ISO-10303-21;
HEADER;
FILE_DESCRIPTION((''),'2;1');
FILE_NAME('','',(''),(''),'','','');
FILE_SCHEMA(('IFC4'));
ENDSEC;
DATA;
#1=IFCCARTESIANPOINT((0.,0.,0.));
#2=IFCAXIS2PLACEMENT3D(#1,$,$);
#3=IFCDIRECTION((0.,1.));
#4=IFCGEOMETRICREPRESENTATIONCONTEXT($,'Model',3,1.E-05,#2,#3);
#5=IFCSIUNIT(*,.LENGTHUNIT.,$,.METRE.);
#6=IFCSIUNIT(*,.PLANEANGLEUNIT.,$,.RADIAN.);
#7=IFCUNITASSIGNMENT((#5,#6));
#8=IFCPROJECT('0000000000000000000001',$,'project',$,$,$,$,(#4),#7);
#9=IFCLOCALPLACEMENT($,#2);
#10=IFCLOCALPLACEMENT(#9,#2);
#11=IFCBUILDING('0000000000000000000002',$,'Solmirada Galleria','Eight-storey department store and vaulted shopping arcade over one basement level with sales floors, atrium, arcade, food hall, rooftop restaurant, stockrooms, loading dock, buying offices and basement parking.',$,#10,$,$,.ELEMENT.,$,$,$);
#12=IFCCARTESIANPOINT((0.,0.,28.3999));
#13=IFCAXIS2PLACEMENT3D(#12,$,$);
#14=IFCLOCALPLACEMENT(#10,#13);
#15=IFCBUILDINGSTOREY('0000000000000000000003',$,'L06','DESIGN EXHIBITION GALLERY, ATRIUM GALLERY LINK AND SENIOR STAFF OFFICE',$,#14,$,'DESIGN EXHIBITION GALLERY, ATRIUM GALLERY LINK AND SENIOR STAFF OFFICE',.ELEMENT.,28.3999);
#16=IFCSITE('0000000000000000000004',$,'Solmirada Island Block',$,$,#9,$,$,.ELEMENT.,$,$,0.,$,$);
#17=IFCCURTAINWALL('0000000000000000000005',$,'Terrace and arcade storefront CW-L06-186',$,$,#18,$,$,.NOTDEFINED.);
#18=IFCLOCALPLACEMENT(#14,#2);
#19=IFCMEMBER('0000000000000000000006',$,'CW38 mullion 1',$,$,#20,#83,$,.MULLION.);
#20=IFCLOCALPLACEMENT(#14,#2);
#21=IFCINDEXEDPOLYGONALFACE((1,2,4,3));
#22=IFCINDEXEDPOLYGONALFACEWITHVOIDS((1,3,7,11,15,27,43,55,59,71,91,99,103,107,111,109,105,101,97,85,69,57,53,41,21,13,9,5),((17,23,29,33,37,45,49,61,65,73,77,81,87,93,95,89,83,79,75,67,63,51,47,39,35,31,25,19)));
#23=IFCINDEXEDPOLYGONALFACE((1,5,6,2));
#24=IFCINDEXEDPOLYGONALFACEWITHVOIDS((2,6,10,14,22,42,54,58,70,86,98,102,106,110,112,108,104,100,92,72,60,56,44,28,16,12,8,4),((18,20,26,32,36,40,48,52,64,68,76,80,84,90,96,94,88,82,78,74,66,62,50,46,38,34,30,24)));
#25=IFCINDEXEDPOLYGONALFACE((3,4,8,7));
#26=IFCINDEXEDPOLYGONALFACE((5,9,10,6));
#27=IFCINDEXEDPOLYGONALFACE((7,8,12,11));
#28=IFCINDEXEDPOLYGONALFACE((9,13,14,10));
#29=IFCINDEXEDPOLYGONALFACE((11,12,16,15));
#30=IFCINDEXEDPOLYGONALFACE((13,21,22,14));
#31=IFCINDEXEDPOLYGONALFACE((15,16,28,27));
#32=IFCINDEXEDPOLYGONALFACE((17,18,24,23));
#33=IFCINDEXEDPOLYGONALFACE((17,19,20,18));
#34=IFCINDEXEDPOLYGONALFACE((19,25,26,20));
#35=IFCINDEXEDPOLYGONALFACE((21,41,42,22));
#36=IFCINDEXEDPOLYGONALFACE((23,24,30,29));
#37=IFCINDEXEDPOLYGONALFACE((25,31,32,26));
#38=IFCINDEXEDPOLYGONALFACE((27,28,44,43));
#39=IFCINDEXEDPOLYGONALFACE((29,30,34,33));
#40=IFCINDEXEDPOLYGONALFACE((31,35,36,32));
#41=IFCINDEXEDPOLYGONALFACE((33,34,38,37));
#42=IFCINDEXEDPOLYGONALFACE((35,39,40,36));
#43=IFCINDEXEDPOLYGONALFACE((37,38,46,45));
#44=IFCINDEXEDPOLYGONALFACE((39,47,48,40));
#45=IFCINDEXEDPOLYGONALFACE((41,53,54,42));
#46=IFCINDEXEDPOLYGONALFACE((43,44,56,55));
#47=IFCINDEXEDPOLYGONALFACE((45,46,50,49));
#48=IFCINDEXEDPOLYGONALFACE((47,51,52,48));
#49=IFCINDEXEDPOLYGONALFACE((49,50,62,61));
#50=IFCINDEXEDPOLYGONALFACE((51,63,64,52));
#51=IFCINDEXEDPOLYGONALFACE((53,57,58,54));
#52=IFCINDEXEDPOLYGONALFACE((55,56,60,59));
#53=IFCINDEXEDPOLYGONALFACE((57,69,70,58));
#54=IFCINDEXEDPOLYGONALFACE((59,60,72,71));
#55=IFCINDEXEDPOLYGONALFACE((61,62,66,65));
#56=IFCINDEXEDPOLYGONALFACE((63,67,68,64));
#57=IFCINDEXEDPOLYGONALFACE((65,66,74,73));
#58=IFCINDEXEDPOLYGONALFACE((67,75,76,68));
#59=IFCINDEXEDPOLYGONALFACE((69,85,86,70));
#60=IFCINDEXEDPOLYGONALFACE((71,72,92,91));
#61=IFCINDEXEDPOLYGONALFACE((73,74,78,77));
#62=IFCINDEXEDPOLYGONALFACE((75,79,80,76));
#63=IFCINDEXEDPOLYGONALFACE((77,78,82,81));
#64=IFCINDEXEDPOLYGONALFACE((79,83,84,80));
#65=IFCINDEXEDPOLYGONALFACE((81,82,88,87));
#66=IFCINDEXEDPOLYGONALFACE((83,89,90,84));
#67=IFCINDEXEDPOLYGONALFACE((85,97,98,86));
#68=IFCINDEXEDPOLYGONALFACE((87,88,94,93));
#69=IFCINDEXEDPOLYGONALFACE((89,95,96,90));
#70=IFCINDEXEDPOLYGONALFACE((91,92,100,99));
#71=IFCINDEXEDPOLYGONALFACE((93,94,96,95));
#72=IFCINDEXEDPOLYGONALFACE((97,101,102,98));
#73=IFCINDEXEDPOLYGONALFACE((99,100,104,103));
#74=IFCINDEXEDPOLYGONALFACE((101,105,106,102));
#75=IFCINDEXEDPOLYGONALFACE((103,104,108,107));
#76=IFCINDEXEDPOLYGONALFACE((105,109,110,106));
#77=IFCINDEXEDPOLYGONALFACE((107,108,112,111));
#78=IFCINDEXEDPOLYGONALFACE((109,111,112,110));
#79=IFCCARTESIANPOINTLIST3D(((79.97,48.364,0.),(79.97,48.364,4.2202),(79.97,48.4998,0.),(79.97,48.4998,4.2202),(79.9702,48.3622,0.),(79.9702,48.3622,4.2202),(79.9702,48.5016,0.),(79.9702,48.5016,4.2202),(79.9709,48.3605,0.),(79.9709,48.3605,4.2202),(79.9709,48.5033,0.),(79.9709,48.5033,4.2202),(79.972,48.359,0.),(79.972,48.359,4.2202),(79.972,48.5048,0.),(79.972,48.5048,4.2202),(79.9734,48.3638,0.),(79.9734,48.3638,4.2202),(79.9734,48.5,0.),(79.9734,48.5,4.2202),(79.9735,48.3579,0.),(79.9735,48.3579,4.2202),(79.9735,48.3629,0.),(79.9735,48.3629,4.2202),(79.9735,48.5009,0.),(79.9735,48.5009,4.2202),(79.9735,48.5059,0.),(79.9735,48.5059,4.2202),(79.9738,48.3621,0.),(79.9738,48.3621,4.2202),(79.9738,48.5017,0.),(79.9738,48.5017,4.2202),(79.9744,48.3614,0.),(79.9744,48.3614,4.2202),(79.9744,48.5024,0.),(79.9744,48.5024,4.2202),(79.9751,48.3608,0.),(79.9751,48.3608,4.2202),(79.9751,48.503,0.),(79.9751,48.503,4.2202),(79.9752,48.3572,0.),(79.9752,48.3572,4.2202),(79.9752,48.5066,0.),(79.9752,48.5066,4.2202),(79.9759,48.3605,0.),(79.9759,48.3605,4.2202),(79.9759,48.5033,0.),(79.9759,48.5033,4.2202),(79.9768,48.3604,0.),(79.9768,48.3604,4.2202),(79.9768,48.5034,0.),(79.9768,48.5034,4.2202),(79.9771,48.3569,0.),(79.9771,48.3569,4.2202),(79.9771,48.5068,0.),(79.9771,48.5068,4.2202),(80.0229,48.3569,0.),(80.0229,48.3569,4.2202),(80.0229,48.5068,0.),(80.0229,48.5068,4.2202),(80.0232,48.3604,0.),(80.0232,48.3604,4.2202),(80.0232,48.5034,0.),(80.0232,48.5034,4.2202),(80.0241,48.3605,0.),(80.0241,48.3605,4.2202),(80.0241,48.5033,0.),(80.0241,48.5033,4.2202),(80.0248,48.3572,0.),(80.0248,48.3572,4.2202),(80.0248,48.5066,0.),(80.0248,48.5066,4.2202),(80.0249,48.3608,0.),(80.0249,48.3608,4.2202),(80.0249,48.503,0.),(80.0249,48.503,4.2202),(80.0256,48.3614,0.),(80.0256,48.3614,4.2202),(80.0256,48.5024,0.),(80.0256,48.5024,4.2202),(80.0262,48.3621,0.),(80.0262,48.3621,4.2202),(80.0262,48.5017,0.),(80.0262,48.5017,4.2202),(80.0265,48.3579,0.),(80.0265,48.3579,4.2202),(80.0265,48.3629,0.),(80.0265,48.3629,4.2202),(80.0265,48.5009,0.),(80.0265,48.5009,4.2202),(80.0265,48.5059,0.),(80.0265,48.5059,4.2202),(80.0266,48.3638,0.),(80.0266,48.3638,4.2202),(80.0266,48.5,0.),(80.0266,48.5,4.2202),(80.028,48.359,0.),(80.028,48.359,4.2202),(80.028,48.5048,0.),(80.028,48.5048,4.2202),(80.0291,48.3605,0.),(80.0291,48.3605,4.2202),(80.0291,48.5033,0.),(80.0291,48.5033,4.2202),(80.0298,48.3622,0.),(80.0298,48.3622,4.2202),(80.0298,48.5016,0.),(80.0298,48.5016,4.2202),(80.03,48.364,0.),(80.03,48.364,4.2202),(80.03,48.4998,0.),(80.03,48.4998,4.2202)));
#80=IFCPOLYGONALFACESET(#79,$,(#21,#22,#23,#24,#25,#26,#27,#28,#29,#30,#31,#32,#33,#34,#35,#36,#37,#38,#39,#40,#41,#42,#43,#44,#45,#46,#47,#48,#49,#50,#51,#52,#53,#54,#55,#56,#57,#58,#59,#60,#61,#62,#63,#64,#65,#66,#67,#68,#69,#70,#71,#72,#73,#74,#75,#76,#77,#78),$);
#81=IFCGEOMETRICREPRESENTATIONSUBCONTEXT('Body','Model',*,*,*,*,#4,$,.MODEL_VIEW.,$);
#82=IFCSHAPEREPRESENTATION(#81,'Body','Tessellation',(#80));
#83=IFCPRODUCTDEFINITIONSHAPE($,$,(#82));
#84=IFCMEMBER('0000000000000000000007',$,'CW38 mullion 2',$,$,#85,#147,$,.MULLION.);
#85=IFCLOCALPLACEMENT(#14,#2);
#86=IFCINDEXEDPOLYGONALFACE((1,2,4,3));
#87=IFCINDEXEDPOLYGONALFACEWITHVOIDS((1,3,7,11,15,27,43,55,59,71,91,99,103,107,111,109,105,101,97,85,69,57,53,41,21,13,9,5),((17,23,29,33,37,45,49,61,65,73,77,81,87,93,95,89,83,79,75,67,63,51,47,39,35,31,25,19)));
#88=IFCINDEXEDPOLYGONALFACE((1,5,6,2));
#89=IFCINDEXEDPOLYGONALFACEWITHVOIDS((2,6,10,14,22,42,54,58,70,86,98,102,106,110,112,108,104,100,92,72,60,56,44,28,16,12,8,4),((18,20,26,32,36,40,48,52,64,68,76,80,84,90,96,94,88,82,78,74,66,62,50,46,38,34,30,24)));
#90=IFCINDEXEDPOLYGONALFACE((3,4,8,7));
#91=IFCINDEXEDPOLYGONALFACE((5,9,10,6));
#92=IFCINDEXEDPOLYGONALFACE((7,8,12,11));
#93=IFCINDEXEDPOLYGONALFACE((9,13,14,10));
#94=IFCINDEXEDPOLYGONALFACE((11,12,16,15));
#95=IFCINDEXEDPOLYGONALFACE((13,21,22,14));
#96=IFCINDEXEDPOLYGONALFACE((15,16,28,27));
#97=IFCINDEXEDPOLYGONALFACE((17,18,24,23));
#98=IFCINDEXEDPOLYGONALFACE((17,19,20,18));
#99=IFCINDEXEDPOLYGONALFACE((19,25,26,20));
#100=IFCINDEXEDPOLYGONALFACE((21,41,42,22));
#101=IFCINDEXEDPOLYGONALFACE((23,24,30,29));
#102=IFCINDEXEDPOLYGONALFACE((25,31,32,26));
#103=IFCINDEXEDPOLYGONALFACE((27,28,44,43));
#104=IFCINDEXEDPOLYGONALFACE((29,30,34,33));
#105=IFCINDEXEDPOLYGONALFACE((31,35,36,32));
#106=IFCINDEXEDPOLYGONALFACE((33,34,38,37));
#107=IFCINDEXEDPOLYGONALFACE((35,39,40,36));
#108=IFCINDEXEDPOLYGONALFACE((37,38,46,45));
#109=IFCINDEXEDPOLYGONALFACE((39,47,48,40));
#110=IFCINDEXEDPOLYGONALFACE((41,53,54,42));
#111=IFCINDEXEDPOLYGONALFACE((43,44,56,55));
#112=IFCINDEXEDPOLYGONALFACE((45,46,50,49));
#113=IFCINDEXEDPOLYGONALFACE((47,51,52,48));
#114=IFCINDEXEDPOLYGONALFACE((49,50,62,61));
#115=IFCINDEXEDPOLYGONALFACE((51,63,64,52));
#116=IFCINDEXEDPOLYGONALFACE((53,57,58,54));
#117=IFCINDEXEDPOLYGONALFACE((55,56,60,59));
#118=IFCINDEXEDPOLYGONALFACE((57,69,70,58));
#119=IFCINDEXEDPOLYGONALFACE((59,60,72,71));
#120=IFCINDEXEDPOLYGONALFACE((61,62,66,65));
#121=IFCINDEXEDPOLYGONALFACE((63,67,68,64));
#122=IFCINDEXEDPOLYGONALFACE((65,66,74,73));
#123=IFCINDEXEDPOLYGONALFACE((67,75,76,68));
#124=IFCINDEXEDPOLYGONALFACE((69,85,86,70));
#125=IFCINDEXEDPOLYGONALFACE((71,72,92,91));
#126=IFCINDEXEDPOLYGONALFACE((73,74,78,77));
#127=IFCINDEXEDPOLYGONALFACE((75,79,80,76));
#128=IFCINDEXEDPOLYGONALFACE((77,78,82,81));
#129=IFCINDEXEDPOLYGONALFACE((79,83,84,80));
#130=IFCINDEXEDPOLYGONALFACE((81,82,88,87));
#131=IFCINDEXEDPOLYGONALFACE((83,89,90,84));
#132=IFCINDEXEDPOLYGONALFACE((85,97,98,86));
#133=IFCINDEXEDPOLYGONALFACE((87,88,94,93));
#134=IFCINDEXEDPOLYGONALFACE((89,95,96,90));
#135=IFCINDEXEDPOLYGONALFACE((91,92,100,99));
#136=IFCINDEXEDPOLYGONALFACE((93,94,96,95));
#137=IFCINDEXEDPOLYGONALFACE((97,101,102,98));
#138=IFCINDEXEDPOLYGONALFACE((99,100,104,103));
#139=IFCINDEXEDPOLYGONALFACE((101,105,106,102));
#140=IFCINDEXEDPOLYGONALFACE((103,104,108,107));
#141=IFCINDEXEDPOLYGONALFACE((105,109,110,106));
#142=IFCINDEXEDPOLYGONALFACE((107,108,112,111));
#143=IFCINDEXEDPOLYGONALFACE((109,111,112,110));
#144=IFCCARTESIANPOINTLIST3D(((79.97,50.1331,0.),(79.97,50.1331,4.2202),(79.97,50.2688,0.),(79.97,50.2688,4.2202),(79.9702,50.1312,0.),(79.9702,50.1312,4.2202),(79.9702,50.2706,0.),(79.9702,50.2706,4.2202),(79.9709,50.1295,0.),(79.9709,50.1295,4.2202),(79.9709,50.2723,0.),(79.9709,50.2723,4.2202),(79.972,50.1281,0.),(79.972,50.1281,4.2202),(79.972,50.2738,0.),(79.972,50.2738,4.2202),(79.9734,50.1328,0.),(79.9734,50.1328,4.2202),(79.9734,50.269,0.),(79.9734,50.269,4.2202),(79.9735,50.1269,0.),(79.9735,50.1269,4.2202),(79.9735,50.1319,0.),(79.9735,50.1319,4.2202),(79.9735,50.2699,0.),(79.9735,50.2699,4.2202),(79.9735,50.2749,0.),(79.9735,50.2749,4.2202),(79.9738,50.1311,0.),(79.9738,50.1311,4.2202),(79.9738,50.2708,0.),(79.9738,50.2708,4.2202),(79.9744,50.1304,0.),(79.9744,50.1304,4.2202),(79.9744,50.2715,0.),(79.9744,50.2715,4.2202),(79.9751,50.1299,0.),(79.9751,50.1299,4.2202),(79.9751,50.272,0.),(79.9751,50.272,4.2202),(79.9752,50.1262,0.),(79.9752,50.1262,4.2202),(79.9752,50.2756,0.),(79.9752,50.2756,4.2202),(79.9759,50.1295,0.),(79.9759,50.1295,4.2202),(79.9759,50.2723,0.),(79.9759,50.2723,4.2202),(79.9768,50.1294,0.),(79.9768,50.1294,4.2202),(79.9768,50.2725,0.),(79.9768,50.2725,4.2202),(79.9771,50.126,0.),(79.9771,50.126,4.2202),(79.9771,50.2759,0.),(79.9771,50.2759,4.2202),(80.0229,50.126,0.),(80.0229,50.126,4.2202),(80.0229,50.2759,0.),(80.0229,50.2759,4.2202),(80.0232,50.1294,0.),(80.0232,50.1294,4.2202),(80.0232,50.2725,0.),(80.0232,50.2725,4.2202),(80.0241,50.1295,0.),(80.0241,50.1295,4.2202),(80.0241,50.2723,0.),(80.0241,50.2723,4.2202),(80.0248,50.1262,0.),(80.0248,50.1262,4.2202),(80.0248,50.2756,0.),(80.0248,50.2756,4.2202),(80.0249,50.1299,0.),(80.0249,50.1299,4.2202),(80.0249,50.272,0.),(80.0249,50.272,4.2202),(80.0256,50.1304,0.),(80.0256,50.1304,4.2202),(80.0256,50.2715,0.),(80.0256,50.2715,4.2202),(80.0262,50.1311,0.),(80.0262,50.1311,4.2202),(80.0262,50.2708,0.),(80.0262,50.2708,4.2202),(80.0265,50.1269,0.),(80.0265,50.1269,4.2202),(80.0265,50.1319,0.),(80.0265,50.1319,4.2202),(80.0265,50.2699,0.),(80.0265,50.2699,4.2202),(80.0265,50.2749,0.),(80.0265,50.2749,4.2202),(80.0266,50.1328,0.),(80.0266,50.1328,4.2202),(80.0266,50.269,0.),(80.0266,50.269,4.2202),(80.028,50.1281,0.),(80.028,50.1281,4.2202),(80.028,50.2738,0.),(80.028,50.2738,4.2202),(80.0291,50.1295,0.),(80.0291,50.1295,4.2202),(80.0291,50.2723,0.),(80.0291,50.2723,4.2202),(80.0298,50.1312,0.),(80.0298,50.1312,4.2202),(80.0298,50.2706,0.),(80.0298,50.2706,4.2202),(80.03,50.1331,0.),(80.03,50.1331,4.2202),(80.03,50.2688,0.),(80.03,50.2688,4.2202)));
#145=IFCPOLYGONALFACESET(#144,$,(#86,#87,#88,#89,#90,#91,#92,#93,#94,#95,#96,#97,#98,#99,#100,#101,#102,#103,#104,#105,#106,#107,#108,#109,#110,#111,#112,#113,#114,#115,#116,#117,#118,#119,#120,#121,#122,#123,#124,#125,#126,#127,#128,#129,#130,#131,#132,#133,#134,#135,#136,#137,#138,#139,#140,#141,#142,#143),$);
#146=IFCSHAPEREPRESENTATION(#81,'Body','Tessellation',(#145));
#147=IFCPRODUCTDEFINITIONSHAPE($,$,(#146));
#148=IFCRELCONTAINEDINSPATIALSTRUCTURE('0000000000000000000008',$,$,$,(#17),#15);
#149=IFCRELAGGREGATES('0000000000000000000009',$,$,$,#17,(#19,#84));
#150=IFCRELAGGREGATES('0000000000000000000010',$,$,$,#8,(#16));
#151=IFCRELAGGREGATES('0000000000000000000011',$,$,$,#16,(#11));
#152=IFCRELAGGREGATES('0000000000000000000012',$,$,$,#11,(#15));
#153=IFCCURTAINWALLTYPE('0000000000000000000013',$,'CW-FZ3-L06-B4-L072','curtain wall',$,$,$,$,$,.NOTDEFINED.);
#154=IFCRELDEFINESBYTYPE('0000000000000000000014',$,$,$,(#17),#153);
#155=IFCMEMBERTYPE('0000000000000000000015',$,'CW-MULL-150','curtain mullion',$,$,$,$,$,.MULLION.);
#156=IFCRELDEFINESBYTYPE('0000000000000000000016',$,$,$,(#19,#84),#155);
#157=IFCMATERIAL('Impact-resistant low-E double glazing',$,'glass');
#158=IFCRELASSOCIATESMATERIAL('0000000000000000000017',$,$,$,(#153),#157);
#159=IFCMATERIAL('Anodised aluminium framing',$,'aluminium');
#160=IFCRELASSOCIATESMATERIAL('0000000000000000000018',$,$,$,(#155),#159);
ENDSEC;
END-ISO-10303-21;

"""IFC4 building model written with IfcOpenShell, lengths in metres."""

from ifc_helpers import new_model, si_unit, direction, frame, origin, origin_2d, place, context, subcontext, project, spatial, hollow_rectangle, extrude, material, material_profile, profile_set, type_object, element, aggregate, save


model = new_model("IFC4")

# Units and contexts
model_context = context("Model", 3, precision=1e-05, world=origin(), true_north=direction((0.0, 1.0)))
body_context = subcontext(model_context, "Body", "Model", "MODEL_VIEW")
ifc_project = project(units=[si_unit("LENGTHUNIT", "METRE"), si_unit("PLANEANGLEUNIT", "RADIAN")], contexts=[model_context])

# Site, building, storey
site_placement = place(None, origin())
site = spatial("IfcSite", under=ifc_project, at=site_placement, Name="Solmirada Island Block", CompositionType="ELEMENT", RefElevation=0.0)
building_placement = place(site_placement, origin())
building = spatial("IfcBuilding", under=site, at=building_placement, Name="Solmirada Galleria", Description="Eight-storey department store and vaulted shopping arcade over one basement level with sales floors, atrium, arcade, food hall, rooftop restaurant, stockrooms, loading dock, buying offices and basement parking.", CompositionType="ELEMENT")
storey_placement = place(building_placement, frame((0.0, 0.0, 28.3999)))
storey = spatial("IfcBuildingStorey", under=building, at=storey_placement, Name="L06", Description="DESIGN EXHIBITION GALLERY, ATRIUM GALLERY LINK AND SENIOR STAFF OFFICE", LongName="DESIGN EXHIBITION GALLERY, ATRIUM GALLERY LINK AND SENIOR STAFF OFFICE", CompositionType="ELEMENT", Elevation=28.3999)

# Curtain wall, members
ifc_material_1 = material(Name="Impact-resistant low-E double glazing", Category="glass")
curtain_wall_type = type_object("IfcCurtainWallType", Name="CW-FZ3-L06-B4-L072", Description="curtain wall", PredefinedType="NOTDEFINED", material=ifc_material_1)
curtain_wall_placement = place(storey_placement, origin())
curtain_wall = element("IfcCurtainWall", 1, at=curtain_wall_placement, inside=storey, type_object=curtain_wall_type, Name="Terrace and arcade storefront CW-L06-186", PredefinedType="NOTDEFINED")
ifc_material_2 = material(Name="Anodised aluminium framing", Category="aluminium")
ifc_material_profile_1 = material_profile(ifc_material_2, hollow_rectangle(XDim=0.0601, YDim=0.1499, WallThickness=0.0034, InnerFilletRadius=0.0034, OuterFilletRadius=0.0071, at=origin_2d()), Name="ALU-MULL-150X60")
ifc_profile_set_1 = profile_set([ifc_material_profile_1], Name="Anodised aluminium framing")
member_type_1 = type_object("IfcMemberType", Name="CW-MULL-150", Description="curtain mullion", PredefinedType="MULLION", material=ifc_profile_set_1)
member_1_placement = place(storey_placement, frame((80.0, 48.4319, 0.0), z_axis=(0.0, 0.0, 1.0), x_axis=(-1.0, 0.0, 0.0)))
member_1 = element("IfcMember", 2, at=member_1_placement, type_object=member_type_1, Name="CW38 mullion 1", PredefinedType="MULLION", context=body_context, shape_type="SweptSolid", body=[
    extrude(hollow_rectangle(XDim=0.0601, YDim=0.1499, WallThickness=0.0034, InnerFilletRadius=0.0034, OuterFilletRadius=0.0071, at=origin_2d()), origin(), (0.0, 0.0, 1.0), 4.2202),
])
member_2_placement = place(storey_placement, frame((80.0, 50.2009, 0.0), z_axis=(0.0, 0.0, 1.0), x_axis=(-1.0, 0.0, 0.0)))
member_2 = element("IfcMember", 3, at=member_2_placement, type_object=member_type_1, Name="CW38 mullion 2", PredefinedType="MULLION", context=body_context, shape_type="SweptSolid", body=[
    extrude(hollow_rectangle(XDim=0.0601, YDim=0.1499, WallThickness=0.0034, InnerFilletRadius=0.0034, OuterFilletRadius=0.0071, at=origin_2d()), origin(), (0.0, 0.0, 1.0), 4.2202),
])
aggregate(curtain_wall, [member_1, member_2])

save(model, "model.ifc")
